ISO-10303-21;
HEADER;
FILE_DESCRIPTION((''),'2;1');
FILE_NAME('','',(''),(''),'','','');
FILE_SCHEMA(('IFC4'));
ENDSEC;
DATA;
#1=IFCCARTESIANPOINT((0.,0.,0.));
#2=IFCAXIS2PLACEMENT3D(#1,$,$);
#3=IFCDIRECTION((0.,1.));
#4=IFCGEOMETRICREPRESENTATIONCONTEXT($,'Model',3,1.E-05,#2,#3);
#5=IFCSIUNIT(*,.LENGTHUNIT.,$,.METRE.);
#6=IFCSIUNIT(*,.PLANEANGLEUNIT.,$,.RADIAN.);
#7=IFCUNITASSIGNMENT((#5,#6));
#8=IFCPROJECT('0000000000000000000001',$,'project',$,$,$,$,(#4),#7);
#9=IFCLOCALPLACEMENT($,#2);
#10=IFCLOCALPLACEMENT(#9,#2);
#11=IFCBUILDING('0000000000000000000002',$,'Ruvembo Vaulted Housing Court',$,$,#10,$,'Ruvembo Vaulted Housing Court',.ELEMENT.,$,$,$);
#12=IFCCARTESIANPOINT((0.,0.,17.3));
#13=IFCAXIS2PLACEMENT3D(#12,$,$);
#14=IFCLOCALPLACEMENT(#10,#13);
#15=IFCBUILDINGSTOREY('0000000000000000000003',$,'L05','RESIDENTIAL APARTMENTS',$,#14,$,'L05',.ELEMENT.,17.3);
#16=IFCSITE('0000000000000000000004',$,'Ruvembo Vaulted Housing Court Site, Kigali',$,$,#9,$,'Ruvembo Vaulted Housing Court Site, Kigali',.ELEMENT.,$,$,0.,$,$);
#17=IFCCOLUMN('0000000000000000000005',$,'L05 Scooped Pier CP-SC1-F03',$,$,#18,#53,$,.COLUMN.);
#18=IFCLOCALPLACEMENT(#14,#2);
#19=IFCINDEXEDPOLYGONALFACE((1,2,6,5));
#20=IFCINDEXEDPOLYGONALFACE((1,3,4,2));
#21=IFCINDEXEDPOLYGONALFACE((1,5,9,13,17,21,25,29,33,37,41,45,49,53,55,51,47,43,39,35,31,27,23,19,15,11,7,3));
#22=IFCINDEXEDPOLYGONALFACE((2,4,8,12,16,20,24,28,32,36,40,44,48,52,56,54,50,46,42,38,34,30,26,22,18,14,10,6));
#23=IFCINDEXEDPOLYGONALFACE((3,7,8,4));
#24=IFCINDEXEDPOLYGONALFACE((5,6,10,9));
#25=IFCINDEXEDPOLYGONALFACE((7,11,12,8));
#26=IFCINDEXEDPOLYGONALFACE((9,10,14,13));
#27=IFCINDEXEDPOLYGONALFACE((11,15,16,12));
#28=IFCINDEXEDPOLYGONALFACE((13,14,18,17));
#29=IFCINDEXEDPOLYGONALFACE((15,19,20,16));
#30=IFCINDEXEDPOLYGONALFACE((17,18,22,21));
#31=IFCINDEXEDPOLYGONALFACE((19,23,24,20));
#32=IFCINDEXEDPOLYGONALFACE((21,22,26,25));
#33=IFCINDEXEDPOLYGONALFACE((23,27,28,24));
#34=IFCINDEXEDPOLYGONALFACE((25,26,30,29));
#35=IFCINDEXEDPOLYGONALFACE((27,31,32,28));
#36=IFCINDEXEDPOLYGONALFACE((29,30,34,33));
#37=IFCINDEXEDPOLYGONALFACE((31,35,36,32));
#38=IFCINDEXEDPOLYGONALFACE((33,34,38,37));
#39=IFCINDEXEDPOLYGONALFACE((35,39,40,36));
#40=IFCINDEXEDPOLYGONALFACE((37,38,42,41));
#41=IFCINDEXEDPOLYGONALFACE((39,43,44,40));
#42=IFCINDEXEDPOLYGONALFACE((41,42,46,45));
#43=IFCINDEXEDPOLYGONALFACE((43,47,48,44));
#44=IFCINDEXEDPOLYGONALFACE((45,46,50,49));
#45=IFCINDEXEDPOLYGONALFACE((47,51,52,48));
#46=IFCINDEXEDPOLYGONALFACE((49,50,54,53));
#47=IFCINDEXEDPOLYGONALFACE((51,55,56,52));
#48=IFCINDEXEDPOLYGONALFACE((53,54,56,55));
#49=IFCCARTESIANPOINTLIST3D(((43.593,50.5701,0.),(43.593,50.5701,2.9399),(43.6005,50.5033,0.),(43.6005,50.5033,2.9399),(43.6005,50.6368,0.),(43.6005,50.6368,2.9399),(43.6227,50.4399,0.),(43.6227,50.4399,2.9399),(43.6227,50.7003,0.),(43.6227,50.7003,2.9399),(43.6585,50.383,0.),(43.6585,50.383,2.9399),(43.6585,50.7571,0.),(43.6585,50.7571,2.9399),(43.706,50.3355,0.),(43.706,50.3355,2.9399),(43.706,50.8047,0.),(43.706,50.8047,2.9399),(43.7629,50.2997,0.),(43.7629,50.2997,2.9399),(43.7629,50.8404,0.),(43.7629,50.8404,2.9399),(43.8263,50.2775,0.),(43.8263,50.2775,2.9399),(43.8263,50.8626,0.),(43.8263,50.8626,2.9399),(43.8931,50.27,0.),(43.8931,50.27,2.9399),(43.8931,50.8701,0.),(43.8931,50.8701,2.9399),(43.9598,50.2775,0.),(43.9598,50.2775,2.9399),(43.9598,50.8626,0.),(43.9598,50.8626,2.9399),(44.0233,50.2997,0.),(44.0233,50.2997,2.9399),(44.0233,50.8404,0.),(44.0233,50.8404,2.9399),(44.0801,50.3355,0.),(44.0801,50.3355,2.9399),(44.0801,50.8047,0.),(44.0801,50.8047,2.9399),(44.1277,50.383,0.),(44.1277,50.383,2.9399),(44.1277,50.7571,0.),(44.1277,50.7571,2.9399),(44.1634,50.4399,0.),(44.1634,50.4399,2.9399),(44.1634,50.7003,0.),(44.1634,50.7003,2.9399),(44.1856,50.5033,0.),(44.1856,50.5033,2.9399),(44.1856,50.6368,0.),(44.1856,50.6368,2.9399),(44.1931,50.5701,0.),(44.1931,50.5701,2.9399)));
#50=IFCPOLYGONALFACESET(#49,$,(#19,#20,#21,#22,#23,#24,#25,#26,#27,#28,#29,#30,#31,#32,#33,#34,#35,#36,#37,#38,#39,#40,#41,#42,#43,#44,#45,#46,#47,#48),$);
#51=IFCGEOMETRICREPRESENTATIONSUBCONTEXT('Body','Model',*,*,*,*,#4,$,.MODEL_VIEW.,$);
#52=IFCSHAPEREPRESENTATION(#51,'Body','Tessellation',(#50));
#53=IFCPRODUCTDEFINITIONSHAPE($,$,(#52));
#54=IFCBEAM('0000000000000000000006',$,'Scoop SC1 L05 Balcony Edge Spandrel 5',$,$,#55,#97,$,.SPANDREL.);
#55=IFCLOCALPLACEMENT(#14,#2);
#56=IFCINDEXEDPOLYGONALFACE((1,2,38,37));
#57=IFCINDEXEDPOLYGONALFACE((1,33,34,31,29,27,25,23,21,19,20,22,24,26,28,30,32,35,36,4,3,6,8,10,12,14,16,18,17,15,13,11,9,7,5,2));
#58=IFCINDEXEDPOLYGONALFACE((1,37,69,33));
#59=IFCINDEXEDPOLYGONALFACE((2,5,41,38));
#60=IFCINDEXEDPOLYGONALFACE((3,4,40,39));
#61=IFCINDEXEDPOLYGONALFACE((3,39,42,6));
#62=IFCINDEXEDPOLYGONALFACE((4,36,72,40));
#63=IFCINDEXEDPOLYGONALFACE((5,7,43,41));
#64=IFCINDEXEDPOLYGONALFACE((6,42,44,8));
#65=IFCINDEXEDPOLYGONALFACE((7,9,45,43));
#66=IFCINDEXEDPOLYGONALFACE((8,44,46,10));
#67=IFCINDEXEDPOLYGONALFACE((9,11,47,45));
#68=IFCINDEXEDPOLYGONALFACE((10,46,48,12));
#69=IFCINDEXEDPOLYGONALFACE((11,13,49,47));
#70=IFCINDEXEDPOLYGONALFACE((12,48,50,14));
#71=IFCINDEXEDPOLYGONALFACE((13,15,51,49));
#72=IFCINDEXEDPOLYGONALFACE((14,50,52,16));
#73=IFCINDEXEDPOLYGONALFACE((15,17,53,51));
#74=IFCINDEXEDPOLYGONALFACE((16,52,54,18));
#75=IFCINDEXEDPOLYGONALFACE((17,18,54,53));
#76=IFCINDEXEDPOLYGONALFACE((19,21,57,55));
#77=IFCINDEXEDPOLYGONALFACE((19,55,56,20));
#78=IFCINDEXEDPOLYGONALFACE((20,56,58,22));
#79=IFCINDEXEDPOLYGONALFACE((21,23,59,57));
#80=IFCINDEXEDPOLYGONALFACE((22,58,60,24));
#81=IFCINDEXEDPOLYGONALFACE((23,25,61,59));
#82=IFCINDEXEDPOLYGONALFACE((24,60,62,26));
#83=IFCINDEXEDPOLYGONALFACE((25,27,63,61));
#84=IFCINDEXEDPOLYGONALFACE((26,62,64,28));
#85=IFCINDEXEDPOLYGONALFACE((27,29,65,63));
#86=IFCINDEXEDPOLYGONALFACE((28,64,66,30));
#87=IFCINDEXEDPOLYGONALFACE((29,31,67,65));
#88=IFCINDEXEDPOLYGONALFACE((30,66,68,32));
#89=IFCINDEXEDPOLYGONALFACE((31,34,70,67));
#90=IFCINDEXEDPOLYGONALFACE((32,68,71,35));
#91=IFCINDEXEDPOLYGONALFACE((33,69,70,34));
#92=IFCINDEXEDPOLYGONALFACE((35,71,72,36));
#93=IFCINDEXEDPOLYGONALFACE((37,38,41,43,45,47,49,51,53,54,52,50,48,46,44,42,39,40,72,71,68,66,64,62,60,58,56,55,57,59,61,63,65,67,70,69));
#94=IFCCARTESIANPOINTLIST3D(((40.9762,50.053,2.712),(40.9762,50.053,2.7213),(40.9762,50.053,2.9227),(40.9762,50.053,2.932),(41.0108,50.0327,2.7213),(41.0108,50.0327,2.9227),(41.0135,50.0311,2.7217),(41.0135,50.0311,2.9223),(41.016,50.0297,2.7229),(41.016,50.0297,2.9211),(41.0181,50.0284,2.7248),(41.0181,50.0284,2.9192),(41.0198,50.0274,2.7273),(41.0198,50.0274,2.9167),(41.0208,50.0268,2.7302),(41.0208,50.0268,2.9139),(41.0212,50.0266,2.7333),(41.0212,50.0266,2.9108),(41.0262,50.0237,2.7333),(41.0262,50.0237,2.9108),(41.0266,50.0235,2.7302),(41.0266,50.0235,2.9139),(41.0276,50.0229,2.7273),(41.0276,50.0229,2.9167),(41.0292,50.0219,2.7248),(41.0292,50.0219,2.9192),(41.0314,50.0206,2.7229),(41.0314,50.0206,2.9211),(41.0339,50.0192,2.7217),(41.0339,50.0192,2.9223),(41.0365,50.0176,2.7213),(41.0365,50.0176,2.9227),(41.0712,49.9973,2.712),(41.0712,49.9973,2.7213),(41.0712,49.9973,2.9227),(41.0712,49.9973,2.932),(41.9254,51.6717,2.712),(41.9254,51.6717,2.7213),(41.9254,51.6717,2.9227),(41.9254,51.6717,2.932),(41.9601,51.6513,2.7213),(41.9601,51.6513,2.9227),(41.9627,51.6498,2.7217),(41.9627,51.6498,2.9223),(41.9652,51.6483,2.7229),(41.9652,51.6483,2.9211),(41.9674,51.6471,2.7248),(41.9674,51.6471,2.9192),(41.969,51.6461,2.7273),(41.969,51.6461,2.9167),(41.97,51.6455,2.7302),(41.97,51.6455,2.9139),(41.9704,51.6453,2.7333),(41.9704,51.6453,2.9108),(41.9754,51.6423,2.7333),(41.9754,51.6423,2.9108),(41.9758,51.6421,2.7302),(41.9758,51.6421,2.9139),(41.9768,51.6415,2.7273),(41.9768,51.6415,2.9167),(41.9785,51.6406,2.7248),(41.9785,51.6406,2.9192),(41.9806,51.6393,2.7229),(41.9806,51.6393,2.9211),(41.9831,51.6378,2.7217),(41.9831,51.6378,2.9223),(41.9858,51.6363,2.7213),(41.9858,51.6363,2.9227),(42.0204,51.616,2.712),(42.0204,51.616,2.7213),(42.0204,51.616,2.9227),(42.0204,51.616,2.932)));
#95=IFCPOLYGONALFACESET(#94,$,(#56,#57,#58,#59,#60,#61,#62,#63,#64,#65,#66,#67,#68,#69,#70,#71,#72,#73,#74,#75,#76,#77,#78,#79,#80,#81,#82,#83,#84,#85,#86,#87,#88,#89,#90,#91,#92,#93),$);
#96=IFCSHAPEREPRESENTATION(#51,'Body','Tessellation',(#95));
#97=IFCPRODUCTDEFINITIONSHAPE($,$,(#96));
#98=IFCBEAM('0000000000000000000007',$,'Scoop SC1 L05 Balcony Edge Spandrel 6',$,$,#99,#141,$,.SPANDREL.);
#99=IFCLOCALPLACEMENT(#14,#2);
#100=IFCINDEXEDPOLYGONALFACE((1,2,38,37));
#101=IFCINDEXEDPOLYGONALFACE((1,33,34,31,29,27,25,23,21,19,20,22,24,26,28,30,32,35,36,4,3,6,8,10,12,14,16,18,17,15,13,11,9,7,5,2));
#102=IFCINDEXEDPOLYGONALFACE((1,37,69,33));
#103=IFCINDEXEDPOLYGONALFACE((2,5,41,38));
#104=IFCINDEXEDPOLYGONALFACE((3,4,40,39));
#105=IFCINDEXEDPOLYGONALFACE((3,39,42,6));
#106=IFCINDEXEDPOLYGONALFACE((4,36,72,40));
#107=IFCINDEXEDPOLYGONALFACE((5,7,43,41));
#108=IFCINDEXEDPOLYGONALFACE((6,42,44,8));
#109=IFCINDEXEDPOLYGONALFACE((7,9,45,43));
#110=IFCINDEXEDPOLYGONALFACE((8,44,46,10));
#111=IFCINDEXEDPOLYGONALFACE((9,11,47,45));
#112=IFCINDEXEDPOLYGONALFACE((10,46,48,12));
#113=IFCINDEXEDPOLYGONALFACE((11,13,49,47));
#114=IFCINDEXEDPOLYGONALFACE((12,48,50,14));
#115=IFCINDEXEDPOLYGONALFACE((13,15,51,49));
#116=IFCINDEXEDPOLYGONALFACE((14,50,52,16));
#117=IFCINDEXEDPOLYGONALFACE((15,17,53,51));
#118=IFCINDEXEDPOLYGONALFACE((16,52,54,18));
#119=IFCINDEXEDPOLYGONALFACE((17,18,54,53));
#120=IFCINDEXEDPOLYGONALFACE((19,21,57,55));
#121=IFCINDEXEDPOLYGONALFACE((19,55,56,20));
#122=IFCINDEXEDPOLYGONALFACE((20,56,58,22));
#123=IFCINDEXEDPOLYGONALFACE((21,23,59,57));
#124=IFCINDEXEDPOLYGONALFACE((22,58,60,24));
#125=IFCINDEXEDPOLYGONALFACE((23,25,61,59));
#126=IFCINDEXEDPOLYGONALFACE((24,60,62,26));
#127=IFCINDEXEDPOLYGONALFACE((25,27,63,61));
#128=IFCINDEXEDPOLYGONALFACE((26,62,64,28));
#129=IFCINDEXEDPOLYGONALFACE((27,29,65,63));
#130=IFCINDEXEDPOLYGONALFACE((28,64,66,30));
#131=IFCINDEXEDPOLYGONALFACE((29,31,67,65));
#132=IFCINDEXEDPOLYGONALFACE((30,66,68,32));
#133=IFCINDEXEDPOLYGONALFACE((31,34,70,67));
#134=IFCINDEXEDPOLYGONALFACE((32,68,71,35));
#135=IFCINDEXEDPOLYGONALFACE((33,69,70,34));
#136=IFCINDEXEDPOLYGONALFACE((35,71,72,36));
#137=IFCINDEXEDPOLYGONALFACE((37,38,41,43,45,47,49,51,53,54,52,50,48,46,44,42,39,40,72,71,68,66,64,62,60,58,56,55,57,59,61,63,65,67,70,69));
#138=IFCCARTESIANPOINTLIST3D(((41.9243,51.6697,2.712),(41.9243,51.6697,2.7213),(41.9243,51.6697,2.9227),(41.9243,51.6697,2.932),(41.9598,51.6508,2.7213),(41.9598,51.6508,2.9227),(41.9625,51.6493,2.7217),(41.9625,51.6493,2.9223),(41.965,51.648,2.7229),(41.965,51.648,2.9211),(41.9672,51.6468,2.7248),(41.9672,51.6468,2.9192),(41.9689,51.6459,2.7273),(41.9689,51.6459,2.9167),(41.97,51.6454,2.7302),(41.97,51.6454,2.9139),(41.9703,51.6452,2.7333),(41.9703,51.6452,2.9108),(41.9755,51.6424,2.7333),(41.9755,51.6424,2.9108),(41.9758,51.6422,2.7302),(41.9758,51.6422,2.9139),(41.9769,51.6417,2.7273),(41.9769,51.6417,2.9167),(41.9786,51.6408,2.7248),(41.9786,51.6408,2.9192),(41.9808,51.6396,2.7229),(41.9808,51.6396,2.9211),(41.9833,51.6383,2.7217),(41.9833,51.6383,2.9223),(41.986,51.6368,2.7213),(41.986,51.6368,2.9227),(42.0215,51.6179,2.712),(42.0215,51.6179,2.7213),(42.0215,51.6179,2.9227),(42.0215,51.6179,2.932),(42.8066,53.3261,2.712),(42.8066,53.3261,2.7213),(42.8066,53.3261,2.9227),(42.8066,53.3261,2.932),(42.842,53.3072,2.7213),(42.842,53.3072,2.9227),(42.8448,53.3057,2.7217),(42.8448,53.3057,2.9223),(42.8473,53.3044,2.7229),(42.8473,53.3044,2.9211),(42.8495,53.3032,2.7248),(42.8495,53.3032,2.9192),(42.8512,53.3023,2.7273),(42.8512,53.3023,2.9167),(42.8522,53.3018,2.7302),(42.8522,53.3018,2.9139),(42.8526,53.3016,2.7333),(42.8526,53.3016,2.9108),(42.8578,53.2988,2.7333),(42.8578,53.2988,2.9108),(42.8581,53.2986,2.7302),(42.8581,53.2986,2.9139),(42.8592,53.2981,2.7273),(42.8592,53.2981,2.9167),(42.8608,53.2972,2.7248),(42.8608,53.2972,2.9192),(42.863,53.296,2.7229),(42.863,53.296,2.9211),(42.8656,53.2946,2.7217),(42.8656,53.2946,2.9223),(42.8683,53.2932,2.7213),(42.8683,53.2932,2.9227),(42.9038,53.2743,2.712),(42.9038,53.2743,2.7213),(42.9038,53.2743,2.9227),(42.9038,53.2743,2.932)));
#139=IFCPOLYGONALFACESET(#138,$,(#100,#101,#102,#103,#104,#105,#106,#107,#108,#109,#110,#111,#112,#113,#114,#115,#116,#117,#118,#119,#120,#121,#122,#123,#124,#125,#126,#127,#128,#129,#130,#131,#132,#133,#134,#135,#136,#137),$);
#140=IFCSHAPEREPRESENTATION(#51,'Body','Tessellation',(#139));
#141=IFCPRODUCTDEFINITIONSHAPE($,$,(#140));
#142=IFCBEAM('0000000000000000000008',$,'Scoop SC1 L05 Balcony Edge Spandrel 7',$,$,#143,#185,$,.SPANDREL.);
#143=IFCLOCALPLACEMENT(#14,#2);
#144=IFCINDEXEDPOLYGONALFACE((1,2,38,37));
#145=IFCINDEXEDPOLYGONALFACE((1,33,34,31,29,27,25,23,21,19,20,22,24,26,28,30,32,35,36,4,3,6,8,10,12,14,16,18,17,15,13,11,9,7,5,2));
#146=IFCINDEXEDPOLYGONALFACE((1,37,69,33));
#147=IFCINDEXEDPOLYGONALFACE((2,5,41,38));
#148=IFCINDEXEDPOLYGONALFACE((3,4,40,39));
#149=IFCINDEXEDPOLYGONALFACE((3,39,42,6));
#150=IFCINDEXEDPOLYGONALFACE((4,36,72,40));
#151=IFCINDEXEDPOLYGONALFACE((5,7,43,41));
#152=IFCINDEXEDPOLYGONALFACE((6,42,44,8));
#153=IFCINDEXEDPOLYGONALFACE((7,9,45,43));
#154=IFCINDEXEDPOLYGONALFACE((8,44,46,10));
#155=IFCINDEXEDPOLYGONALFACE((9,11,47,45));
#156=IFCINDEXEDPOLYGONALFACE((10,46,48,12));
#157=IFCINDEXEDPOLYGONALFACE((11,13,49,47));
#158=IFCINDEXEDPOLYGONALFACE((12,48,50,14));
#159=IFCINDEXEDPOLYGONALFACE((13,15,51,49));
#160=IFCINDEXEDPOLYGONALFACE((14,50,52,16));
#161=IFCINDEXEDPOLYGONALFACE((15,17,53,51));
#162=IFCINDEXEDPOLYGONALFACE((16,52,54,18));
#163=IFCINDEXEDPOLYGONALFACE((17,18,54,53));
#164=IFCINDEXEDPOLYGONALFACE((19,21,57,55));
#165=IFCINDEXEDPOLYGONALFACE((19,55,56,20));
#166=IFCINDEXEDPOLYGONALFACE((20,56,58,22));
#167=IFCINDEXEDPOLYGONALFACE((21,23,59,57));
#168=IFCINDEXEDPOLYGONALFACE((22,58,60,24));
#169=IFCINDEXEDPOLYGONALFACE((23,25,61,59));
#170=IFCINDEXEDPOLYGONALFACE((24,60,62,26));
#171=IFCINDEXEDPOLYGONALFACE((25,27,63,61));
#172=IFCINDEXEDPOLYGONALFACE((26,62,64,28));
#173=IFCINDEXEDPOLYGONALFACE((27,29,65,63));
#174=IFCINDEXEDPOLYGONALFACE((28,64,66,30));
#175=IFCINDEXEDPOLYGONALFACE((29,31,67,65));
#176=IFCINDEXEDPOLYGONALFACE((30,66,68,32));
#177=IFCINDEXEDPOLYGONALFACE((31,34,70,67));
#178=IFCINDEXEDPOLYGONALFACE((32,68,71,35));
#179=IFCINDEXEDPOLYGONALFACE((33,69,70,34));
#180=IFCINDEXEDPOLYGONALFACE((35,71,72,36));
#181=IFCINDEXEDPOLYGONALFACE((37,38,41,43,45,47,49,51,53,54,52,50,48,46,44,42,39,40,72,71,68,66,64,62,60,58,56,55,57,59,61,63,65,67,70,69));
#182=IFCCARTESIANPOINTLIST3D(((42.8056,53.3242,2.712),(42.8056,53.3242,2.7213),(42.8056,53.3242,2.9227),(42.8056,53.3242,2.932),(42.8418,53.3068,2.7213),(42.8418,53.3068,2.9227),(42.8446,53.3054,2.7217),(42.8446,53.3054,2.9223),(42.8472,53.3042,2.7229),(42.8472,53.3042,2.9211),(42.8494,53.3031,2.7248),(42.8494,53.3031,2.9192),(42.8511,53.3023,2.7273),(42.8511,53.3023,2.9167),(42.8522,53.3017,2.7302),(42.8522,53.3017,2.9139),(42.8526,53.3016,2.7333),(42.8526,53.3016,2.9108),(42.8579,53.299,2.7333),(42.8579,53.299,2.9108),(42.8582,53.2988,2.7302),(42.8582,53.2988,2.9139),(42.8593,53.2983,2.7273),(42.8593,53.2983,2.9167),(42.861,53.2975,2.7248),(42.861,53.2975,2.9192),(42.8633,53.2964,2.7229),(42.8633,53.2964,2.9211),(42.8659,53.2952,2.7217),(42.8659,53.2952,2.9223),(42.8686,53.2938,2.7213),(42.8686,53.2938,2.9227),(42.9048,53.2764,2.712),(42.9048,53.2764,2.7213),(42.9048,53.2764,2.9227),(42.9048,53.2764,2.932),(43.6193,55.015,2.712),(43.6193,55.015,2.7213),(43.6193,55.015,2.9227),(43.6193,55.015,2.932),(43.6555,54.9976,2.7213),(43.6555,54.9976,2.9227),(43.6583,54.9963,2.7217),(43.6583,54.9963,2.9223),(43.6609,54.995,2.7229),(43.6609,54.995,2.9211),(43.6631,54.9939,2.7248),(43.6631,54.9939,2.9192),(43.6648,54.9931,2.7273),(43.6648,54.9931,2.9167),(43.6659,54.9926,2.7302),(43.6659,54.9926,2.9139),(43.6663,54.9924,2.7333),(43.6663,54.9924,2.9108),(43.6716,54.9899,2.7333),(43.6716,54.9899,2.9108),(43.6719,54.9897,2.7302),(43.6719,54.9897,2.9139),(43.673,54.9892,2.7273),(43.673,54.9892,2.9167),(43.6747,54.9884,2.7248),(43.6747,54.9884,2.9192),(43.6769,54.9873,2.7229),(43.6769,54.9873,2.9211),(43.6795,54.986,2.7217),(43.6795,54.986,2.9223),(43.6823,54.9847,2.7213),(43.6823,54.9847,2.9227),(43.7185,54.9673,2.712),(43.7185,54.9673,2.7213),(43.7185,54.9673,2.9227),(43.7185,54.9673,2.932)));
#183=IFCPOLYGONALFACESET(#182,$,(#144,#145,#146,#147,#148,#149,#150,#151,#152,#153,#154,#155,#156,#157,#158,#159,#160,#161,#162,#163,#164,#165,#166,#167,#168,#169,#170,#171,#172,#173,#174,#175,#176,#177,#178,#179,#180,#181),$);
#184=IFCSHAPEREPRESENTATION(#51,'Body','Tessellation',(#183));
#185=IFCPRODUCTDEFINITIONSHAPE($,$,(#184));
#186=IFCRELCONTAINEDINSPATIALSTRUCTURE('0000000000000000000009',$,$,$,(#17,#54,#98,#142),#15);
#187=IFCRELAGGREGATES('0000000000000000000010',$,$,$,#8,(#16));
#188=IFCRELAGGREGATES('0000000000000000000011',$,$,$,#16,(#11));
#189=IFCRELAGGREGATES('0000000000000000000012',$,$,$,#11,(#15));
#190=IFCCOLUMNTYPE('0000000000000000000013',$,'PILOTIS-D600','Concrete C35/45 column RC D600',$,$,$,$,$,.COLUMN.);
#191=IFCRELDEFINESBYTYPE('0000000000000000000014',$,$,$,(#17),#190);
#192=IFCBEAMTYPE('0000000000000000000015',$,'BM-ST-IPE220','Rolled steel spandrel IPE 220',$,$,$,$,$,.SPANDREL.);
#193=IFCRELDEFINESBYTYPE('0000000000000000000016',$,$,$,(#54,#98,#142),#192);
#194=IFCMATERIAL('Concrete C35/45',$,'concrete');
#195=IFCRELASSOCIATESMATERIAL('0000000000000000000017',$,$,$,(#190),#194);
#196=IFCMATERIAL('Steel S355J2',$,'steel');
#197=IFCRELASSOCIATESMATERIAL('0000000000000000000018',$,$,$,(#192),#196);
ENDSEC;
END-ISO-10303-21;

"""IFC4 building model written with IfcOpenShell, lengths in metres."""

from ifc_helpers import new_model, si_unit, direction, frame, origin, origin_2d, place, context, subcontext, project, spatial, circle, i_section, extrude, material, material_profile, profile_set, type_object, element, save


model = new_model("IFC4")

# Units and contexts
model_context = context("Model", 3, precision=1e-05, world=origin(), true_north=direction((0.0, 1.0)))
body_context = subcontext(model_context, "Body", "Model", "MODEL_VIEW")
ifc_project = project(units=[si_unit("LENGTHUNIT", "METRE"), si_unit("PLANEANGLEUNIT", "RADIAN")], contexts=[model_context])

# Site, building, storey
site_placement = place(None, origin())
site = spatial("IfcSite", under=ifc_project, at=site_placement, Name="Ruvembo Vaulted Housing Court Site, Kigali", LongName="Ruvembo Vaulted Housing Court Site, Kigali", CompositionType="ELEMENT", RefElevation=0.0)
building_placement = place(site_placement, origin())
building = spatial("IfcBuilding", under=site, at=building_placement, Name="Ruvembo Vaulted Housing Court", LongName="Ruvembo Vaulted Housing Court", CompositionType="ELEMENT")
storey_placement = place(building_placement, frame((0.0, 0.0, 17.3)))
storey = spatial("IfcBuildingStorey", under=building, at=storey_placement, Name="L05", Description="RESIDENTIAL APARTMENTS", LongName="L05", CompositionType="ELEMENT", Elevation=17.3)

# Column
ifc_material_1 = material(Name="Concrete C35/45", Category="concrete")
ifc_material_profile_1 = material_profile(ifc_material_1, circle(Radius=0.3, at=origin_2d()), Name="RC D600")
ifc_profile_set_1 = profile_set([ifc_material_profile_1], Name="Concrete C35/45")
column_type = type_object("IfcColumnType", Name="PILOTIS-D600", Description="Concrete C35/45 column RC D600", PredefinedType="COLUMN", material=ifc_profile_set_1)
column_placement = place(storey_placement, frame((43.8931, 50.5701, 0.0), z_axis=(0.0, 0.0, 1.0), x_axis=(1.0, 0.0, 0.0)))
element("IfcColumn", 1, at=column_placement, inside=storey, type_object=column_type, Name="L05 Scooped Pier CP-SC1-F03", PredefinedType="COLUMN", context=body_context, shape_type="SweptSolid", body=[
    extrude(circle(Radius=0.3, at=origin_2d()), origin(), (0.0, 0.0, 1.0), 2.9399),
])

# Beams
ifc_material_2 = material(Name="Steel S355J2", Category="steel")
ifc_material_profile_2 = material_profile(ifc_material_2, i_section(OverallWidth=0.1101, OverallDepth=0.22, WebThickness=0.0059, FlangeThickness=0.0093, FilletRadius=0.012, at=origin_2d()), Name="IPE 220")
ifc_profile_set_2 = profile_set([ifc_material_profile_2], Name="Steel S355J2")
beam_type_1 = type_object("IfcBeamType", Name="BM-ST-IPE220", Description="Rolled steel spandrel IPE 220", PredefinedType="SPANDREL", material=ifc_profile_set_2)
beam_1_placement = place(storey_placement, frame((41.0237, 50.0251, 2.822), z_axis=(0.50586, 0.862616, 0.0), x_axis=(-0.862616, 0.50586, 0.0)))
element("IfcBeam", 2, at=beam_1_placement, inside=storey, type_object=beam_type_1, Name="Scoop SC1 L05 Balcony Edge Spandrel 5", PredefinedType="SPANDREL", context=body_context, shape_type="SweptSolid", body=[
    extrude(i_section(OverallWidth=0.1101, OverallDepth=0.22, WebThickness=0.0059, FlangeThickness=0.0093, FilletRadius=0.012, at=origin_2d()), origin(), (0.0, 0.0, 1.0), 1.8765),
])
beam_2_placement = place(storey_placement, frame((41.9729, 51.6438, 2.822), z_axis=(0.470116, 0.882605, 0.0), x_axis=(-0.882605, 0.470116, 0.0)))
element("IfcBeam", 3, at=beam_2_placement, inside=storey, type_object=beam_type_1, Name="Scoop SC1 L05 Balcony Edge Spandrel 6", PredefinedType="SPANDREL", context=body_context, shape_type="SweptSolid", body=[
    extrude(i_section(OverallWidth=0.1101, OverallDepth=0.22, WebThickness=0.0059, FlangeThickness=0.0093, FilletRadius=0.012, at=origin_2d()), origin(), (0.0, 0.0, 1.0), 1.8767),
])
for number, where, z_axis, x_axis, name in (
    (4, (42.8552, 53.3003, 2.822), (0.433632, 0.90109, 0.0), (-0.90109, 0.433632, 0.0), "Scoop SC1 L05 Balcony Edge Spandrel 7"),
):
    element("IfcBeam", number, at=place(storey_placement, frame(where, z_axis=z_axis, x_axis=x_axis)), inside=storey, type_object=beam_type_1, Name=name, PredefinedType="SPANDREL", context=body_context, shape_type="SweptSolid", body=[
        extrude(i_section(OverallWidth=0.1101, OverallDepth=0.22, WebThickness=0.0059, FlangeThickness=0.0093, FilletRadius=0.012, at=origin_2d()), origin(), (0.0, 0.0, 1.0), 1.8765),
    ])

save(model, "model.ifc")
